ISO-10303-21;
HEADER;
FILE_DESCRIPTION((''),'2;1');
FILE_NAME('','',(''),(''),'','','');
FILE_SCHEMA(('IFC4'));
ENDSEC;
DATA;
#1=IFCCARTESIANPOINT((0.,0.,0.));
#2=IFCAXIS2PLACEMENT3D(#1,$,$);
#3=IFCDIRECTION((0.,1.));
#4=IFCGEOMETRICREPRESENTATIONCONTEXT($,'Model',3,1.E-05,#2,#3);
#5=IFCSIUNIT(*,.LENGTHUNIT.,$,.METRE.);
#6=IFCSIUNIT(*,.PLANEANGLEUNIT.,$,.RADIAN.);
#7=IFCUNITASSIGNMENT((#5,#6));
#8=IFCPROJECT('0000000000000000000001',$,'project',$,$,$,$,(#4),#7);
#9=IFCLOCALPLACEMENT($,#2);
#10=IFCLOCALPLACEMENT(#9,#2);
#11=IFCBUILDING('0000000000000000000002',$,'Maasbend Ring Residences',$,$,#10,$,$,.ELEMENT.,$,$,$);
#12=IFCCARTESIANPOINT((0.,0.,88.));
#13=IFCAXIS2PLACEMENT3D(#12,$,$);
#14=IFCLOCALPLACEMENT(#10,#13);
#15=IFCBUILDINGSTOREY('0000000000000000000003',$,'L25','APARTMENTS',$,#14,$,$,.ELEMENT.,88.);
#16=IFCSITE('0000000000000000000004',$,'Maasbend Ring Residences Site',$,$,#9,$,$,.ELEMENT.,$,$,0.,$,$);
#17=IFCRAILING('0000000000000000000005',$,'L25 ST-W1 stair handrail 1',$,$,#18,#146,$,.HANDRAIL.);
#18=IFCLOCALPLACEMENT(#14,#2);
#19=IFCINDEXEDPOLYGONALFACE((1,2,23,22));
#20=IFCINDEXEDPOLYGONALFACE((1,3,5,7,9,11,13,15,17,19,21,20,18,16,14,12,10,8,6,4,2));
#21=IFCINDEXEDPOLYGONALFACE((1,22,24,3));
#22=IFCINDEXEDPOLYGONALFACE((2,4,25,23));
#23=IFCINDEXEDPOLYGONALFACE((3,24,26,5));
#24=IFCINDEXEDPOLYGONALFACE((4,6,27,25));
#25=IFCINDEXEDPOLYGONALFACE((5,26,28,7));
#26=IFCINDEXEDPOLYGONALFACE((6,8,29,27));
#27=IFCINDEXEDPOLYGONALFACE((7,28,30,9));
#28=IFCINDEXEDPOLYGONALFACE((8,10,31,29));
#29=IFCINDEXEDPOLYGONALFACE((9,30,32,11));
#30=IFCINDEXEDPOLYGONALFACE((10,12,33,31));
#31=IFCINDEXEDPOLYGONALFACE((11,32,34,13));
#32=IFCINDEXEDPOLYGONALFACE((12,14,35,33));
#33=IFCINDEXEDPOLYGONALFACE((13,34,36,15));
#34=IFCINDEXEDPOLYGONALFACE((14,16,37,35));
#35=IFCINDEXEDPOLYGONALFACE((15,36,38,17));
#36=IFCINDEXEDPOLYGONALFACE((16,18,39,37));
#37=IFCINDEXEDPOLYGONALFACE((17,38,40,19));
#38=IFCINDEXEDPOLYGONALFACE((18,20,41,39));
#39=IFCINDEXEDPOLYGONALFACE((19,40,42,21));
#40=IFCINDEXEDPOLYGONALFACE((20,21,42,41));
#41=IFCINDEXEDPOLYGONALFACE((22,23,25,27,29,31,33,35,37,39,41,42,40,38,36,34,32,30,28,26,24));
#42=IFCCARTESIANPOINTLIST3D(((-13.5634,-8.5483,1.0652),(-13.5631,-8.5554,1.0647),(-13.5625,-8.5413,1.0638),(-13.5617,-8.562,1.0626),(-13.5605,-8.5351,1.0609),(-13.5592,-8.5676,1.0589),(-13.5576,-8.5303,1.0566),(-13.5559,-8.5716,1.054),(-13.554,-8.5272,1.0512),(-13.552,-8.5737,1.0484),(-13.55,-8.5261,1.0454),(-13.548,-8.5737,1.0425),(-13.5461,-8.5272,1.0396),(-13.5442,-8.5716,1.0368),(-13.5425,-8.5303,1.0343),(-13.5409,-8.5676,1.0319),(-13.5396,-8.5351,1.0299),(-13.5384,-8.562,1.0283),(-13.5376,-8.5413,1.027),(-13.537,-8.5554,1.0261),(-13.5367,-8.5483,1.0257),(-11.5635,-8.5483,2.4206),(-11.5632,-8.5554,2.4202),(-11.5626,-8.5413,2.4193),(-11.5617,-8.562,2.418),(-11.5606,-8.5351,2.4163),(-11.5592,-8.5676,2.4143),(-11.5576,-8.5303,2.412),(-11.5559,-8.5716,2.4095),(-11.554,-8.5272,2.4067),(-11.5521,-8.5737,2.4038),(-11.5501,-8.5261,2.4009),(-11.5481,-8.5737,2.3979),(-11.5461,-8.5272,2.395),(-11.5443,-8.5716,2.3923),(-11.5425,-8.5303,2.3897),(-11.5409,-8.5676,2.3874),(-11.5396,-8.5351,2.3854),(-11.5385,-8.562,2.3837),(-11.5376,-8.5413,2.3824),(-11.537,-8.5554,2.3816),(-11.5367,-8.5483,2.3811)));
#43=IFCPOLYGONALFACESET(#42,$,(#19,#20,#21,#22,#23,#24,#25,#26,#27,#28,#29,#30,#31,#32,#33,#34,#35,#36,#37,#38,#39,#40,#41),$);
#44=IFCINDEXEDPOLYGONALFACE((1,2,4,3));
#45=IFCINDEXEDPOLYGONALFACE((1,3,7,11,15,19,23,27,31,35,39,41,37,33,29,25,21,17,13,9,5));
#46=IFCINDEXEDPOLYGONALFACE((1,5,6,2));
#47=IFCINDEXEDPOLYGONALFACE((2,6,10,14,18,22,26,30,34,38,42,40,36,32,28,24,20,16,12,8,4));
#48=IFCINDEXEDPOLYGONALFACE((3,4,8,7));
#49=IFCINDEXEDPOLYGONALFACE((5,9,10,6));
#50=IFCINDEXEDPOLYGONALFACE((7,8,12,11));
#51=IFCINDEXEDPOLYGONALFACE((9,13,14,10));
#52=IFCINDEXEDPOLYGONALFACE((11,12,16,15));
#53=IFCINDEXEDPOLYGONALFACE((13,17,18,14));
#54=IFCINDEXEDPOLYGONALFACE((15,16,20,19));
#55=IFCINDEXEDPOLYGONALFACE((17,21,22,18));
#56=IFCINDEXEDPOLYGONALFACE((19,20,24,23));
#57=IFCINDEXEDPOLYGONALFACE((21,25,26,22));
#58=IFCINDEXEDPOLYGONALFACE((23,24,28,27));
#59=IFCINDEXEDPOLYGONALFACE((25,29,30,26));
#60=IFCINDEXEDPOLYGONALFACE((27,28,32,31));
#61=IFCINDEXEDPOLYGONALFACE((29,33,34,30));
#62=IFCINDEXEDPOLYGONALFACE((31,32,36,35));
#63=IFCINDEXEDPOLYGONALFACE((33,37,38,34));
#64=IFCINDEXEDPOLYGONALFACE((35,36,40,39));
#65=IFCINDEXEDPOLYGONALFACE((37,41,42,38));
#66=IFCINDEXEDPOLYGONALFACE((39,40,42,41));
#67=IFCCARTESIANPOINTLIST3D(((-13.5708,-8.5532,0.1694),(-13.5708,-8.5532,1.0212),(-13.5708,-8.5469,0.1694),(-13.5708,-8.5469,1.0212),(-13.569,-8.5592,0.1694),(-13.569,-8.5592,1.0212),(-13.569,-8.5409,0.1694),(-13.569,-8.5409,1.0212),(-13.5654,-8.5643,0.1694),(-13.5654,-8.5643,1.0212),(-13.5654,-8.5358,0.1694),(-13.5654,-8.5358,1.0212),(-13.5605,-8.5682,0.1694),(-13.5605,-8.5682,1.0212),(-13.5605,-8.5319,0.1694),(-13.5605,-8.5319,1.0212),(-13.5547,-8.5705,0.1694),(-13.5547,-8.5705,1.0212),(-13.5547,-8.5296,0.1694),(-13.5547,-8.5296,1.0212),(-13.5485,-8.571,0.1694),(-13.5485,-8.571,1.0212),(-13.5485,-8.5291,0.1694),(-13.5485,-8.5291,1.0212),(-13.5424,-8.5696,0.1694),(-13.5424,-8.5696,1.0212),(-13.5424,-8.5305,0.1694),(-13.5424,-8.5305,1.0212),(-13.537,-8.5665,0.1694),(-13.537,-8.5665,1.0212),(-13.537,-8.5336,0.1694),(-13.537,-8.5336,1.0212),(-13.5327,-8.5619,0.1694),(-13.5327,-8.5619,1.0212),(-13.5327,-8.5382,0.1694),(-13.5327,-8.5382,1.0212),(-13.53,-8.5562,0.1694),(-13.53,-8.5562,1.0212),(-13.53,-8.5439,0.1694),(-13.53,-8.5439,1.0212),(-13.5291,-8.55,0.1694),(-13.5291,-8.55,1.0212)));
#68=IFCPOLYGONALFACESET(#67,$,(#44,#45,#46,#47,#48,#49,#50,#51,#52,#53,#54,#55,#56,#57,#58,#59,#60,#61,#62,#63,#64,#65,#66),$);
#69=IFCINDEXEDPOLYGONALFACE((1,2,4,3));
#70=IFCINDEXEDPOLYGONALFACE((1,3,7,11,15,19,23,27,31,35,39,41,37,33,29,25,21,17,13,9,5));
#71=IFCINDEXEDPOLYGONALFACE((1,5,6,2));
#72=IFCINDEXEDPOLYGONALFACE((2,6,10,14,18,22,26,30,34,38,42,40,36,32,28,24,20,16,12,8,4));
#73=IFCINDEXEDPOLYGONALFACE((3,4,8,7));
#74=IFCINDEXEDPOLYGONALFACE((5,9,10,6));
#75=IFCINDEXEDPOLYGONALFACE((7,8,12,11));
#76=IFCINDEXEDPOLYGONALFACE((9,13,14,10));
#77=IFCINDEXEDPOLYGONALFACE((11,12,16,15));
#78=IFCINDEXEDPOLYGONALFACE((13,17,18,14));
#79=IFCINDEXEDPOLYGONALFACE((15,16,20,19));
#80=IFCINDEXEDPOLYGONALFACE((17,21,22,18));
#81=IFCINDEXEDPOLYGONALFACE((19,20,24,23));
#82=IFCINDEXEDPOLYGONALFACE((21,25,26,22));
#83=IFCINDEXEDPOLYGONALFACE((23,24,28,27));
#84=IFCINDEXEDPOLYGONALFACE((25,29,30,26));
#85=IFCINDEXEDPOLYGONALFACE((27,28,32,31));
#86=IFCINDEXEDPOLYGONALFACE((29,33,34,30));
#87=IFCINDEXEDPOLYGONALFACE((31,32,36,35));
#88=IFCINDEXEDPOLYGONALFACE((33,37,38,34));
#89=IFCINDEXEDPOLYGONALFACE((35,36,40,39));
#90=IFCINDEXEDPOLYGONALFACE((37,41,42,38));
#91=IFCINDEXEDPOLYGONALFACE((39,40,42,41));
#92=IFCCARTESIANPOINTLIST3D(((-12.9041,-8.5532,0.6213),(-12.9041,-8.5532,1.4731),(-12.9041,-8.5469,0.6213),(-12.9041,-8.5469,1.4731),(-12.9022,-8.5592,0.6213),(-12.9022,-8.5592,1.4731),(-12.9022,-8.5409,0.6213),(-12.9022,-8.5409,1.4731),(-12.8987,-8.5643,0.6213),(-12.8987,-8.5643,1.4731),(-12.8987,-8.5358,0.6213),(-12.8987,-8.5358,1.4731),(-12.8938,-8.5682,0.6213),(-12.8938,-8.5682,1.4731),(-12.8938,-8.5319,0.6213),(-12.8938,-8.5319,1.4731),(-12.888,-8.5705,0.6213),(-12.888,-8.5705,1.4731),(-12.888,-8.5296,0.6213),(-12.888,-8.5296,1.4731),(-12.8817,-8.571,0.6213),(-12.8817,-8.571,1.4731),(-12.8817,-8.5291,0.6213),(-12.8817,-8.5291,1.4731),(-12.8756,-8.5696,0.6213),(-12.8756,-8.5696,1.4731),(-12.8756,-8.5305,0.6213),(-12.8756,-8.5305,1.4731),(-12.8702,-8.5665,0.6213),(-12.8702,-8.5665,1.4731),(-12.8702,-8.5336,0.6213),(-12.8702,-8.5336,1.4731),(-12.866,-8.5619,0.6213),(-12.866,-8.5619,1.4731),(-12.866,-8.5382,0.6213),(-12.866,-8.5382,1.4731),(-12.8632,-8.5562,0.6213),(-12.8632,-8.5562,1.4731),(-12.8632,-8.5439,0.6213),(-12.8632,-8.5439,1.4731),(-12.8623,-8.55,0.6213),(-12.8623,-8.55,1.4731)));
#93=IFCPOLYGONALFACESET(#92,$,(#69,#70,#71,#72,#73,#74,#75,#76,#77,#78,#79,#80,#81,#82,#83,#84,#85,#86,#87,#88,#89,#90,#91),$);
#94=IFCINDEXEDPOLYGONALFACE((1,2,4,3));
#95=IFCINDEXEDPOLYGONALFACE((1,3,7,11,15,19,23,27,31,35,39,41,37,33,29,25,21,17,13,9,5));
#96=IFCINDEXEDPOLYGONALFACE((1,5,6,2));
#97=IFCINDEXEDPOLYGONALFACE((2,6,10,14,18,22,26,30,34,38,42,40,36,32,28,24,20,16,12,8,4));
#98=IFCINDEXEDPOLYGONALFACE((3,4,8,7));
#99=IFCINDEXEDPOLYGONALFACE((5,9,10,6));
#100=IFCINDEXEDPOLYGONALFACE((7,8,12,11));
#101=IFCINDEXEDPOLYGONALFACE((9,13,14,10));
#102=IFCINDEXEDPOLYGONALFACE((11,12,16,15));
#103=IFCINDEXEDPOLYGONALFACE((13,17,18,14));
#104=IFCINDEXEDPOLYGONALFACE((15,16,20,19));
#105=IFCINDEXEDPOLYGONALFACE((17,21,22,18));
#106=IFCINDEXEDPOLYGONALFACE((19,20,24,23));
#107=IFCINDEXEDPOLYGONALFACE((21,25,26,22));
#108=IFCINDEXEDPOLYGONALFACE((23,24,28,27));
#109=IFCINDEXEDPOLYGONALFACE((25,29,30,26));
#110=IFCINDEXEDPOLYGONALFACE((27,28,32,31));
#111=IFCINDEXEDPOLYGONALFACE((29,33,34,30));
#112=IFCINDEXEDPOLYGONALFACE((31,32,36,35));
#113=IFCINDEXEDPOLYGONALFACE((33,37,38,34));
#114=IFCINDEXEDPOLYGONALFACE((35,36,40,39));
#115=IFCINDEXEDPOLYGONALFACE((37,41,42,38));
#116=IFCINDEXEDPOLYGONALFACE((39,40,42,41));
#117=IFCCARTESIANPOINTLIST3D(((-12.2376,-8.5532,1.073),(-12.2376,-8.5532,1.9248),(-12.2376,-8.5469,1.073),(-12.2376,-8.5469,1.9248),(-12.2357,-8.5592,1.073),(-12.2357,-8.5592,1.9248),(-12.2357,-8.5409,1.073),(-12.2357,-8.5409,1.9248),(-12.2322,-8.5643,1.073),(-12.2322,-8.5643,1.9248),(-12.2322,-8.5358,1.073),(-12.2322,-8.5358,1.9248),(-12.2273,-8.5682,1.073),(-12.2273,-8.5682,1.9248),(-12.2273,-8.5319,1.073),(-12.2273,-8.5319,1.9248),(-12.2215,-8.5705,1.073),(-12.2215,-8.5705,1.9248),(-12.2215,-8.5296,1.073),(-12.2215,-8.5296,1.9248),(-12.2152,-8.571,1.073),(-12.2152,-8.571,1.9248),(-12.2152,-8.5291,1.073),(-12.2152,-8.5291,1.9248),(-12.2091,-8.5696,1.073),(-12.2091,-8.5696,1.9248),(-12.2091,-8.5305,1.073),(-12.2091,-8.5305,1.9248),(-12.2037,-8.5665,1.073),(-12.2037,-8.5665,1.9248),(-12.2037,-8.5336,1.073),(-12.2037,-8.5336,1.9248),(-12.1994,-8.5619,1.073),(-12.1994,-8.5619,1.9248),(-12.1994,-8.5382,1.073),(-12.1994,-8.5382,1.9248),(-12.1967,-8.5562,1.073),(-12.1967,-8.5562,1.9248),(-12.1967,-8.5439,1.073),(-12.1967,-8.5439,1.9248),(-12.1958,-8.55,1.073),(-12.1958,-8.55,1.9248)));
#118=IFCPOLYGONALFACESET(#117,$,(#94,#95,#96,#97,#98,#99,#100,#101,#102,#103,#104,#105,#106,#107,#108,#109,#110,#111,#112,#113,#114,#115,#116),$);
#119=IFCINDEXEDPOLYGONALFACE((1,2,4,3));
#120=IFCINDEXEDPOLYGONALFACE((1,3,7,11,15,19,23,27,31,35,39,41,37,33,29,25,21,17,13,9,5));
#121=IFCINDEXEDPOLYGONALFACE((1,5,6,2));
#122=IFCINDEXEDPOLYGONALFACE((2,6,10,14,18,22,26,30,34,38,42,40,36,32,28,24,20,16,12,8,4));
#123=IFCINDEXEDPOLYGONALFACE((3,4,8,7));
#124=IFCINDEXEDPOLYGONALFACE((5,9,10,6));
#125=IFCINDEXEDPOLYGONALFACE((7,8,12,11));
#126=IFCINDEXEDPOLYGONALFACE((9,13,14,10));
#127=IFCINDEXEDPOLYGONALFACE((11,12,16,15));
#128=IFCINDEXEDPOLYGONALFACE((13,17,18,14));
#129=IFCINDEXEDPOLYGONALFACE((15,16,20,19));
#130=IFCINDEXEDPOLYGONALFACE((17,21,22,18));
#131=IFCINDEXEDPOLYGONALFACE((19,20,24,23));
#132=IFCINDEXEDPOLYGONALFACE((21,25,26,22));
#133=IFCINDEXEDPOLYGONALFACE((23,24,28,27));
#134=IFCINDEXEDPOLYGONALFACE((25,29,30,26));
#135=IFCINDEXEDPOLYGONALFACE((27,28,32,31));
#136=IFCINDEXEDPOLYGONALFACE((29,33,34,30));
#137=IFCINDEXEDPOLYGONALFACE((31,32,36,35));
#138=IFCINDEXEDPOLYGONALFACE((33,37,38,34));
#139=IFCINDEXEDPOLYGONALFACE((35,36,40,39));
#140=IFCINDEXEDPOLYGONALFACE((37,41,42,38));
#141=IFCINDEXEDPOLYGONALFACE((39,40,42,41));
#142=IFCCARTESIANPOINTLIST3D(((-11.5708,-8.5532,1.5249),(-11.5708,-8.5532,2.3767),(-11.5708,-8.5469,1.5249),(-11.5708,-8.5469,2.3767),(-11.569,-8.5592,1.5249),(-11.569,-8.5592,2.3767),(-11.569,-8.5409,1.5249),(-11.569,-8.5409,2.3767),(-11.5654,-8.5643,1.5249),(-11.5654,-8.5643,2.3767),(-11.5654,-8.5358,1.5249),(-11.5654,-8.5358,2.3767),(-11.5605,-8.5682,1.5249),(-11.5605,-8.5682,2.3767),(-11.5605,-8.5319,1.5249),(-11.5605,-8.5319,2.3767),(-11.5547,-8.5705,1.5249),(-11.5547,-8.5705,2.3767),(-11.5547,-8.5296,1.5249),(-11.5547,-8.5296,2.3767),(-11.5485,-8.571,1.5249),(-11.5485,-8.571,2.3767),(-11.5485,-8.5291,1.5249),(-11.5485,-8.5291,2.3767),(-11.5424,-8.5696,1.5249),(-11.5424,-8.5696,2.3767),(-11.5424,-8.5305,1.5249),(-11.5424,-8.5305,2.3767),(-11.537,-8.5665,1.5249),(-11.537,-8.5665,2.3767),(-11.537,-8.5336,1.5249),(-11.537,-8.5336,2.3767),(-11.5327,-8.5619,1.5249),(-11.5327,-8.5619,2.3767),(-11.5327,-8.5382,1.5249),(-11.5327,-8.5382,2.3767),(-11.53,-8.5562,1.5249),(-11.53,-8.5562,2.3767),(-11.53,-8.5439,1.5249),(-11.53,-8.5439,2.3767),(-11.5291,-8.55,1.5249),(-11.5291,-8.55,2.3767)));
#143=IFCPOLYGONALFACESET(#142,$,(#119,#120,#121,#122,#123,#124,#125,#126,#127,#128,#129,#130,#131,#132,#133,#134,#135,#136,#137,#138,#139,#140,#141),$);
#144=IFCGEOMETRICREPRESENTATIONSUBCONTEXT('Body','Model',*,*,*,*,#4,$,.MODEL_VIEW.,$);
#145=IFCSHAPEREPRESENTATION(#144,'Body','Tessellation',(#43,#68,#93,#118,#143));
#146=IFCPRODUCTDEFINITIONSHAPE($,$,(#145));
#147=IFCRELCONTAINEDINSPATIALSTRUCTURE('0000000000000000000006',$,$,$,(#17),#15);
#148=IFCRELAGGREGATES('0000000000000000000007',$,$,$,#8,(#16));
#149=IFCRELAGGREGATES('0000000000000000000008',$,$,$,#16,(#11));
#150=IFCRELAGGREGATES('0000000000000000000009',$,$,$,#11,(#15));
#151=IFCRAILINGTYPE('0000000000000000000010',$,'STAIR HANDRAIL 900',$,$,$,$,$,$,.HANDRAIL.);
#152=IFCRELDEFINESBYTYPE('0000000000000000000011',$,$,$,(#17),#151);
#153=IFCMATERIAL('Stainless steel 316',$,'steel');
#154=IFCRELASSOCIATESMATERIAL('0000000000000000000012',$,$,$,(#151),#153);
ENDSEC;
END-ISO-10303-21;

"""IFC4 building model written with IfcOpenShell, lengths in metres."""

from ifc_helpers import new_model, si_unit, direction, frame, origin, origin_2d, place, context, subcontext, project, spatial, circle, extrude, material, type_object, element, save


model = new_model("IFC4")

# Units and contexts
model_context = context("Model", 3, precision=1e-05, world=origin(), true_north=direction((0.0, 1.0)))
body_context = subcontext(model_context, "Body", "Model", "MODEL_VIEW")
ifc_project = project(units=[si_unit("LENGTHUNIT", "METRE"), si_unit("PLANEANGLEUNIT", "RADIAN")], contexts=[model_context])

# Site, building, storey
site_placement = place(None, origin())
site = spatial("IfcSite", under=ifc_project, at=site_placement, Name="Maasbend Ring Residences Site", CompositionType="ELEMENT", RefElevation=0.0)
building_placement = place(site_placement, origin())
building = spatial("IfcBuilding", under=site, at=building_placement, Name="Maasbend Ring Residences", CompositionType="ELEMENT")
storey_placement = place(building_placement, frame((0.0, 0.0, 88.0)))
storey = spatial("IfcBuildingStorey", under=building, at=storey_placement, Name="L25", Description="APARTMENTS", CompositionType="ELEMENT", Elevation=88.0)

# Railing
ifc_material_1 = material(Name="Stainless steel 316", Category="steel")
railing_type_1 = type_object("IfcRailingType", Name="STAIR HANDRAIL 900", PredefinedType="HANDRAIL", material=ifc_material_1)
railing_1_placement = place(storey_placement, frame((-13.55, -8.55, 0.1694)))
element("IfcRailing", 1, at=railing_1_placement, inside=storey, type_object=railing_type_1, Name="L25 ST-W1 stair handrail 1", PredefinedType="HANDRAIL", context=body_context, shape_type="SweptSolid", body=[
    extrude(circle(Radius=0.0239, at=origin_2d()), frame((0.0, 0.0, 0.876), z_axis=(0.827798, 0.0, 0.561027), x_axis=(0.0, 1.0, 0.0)), (0.0, 0.0, 1.0), 2.416),
    extrude(circle(Radius=0.021, at=origin_2d()), origin(), (0.0, 0.0, 1.0), 0.8518),
    extrude(circle(Radius=0.021, at=origin_2d()), frame((0.6667, 0.0, 0.4519)), (0.0, 0.0, 1.0), 0.8518),
    extrude(circle(Radius=0.021, at=origin_2d()), frame((1.3333, 0.0, 0.9036)), (0.0, 0.0, 1.0), 0.8518),
    extrude(circle(Radius=0.021, at=origin_2d()), frame((2.0, 0.0, 1.3555)), (0.0, 0.0, 1.0), 0.8518),
])

save(model, "model.ifc")
